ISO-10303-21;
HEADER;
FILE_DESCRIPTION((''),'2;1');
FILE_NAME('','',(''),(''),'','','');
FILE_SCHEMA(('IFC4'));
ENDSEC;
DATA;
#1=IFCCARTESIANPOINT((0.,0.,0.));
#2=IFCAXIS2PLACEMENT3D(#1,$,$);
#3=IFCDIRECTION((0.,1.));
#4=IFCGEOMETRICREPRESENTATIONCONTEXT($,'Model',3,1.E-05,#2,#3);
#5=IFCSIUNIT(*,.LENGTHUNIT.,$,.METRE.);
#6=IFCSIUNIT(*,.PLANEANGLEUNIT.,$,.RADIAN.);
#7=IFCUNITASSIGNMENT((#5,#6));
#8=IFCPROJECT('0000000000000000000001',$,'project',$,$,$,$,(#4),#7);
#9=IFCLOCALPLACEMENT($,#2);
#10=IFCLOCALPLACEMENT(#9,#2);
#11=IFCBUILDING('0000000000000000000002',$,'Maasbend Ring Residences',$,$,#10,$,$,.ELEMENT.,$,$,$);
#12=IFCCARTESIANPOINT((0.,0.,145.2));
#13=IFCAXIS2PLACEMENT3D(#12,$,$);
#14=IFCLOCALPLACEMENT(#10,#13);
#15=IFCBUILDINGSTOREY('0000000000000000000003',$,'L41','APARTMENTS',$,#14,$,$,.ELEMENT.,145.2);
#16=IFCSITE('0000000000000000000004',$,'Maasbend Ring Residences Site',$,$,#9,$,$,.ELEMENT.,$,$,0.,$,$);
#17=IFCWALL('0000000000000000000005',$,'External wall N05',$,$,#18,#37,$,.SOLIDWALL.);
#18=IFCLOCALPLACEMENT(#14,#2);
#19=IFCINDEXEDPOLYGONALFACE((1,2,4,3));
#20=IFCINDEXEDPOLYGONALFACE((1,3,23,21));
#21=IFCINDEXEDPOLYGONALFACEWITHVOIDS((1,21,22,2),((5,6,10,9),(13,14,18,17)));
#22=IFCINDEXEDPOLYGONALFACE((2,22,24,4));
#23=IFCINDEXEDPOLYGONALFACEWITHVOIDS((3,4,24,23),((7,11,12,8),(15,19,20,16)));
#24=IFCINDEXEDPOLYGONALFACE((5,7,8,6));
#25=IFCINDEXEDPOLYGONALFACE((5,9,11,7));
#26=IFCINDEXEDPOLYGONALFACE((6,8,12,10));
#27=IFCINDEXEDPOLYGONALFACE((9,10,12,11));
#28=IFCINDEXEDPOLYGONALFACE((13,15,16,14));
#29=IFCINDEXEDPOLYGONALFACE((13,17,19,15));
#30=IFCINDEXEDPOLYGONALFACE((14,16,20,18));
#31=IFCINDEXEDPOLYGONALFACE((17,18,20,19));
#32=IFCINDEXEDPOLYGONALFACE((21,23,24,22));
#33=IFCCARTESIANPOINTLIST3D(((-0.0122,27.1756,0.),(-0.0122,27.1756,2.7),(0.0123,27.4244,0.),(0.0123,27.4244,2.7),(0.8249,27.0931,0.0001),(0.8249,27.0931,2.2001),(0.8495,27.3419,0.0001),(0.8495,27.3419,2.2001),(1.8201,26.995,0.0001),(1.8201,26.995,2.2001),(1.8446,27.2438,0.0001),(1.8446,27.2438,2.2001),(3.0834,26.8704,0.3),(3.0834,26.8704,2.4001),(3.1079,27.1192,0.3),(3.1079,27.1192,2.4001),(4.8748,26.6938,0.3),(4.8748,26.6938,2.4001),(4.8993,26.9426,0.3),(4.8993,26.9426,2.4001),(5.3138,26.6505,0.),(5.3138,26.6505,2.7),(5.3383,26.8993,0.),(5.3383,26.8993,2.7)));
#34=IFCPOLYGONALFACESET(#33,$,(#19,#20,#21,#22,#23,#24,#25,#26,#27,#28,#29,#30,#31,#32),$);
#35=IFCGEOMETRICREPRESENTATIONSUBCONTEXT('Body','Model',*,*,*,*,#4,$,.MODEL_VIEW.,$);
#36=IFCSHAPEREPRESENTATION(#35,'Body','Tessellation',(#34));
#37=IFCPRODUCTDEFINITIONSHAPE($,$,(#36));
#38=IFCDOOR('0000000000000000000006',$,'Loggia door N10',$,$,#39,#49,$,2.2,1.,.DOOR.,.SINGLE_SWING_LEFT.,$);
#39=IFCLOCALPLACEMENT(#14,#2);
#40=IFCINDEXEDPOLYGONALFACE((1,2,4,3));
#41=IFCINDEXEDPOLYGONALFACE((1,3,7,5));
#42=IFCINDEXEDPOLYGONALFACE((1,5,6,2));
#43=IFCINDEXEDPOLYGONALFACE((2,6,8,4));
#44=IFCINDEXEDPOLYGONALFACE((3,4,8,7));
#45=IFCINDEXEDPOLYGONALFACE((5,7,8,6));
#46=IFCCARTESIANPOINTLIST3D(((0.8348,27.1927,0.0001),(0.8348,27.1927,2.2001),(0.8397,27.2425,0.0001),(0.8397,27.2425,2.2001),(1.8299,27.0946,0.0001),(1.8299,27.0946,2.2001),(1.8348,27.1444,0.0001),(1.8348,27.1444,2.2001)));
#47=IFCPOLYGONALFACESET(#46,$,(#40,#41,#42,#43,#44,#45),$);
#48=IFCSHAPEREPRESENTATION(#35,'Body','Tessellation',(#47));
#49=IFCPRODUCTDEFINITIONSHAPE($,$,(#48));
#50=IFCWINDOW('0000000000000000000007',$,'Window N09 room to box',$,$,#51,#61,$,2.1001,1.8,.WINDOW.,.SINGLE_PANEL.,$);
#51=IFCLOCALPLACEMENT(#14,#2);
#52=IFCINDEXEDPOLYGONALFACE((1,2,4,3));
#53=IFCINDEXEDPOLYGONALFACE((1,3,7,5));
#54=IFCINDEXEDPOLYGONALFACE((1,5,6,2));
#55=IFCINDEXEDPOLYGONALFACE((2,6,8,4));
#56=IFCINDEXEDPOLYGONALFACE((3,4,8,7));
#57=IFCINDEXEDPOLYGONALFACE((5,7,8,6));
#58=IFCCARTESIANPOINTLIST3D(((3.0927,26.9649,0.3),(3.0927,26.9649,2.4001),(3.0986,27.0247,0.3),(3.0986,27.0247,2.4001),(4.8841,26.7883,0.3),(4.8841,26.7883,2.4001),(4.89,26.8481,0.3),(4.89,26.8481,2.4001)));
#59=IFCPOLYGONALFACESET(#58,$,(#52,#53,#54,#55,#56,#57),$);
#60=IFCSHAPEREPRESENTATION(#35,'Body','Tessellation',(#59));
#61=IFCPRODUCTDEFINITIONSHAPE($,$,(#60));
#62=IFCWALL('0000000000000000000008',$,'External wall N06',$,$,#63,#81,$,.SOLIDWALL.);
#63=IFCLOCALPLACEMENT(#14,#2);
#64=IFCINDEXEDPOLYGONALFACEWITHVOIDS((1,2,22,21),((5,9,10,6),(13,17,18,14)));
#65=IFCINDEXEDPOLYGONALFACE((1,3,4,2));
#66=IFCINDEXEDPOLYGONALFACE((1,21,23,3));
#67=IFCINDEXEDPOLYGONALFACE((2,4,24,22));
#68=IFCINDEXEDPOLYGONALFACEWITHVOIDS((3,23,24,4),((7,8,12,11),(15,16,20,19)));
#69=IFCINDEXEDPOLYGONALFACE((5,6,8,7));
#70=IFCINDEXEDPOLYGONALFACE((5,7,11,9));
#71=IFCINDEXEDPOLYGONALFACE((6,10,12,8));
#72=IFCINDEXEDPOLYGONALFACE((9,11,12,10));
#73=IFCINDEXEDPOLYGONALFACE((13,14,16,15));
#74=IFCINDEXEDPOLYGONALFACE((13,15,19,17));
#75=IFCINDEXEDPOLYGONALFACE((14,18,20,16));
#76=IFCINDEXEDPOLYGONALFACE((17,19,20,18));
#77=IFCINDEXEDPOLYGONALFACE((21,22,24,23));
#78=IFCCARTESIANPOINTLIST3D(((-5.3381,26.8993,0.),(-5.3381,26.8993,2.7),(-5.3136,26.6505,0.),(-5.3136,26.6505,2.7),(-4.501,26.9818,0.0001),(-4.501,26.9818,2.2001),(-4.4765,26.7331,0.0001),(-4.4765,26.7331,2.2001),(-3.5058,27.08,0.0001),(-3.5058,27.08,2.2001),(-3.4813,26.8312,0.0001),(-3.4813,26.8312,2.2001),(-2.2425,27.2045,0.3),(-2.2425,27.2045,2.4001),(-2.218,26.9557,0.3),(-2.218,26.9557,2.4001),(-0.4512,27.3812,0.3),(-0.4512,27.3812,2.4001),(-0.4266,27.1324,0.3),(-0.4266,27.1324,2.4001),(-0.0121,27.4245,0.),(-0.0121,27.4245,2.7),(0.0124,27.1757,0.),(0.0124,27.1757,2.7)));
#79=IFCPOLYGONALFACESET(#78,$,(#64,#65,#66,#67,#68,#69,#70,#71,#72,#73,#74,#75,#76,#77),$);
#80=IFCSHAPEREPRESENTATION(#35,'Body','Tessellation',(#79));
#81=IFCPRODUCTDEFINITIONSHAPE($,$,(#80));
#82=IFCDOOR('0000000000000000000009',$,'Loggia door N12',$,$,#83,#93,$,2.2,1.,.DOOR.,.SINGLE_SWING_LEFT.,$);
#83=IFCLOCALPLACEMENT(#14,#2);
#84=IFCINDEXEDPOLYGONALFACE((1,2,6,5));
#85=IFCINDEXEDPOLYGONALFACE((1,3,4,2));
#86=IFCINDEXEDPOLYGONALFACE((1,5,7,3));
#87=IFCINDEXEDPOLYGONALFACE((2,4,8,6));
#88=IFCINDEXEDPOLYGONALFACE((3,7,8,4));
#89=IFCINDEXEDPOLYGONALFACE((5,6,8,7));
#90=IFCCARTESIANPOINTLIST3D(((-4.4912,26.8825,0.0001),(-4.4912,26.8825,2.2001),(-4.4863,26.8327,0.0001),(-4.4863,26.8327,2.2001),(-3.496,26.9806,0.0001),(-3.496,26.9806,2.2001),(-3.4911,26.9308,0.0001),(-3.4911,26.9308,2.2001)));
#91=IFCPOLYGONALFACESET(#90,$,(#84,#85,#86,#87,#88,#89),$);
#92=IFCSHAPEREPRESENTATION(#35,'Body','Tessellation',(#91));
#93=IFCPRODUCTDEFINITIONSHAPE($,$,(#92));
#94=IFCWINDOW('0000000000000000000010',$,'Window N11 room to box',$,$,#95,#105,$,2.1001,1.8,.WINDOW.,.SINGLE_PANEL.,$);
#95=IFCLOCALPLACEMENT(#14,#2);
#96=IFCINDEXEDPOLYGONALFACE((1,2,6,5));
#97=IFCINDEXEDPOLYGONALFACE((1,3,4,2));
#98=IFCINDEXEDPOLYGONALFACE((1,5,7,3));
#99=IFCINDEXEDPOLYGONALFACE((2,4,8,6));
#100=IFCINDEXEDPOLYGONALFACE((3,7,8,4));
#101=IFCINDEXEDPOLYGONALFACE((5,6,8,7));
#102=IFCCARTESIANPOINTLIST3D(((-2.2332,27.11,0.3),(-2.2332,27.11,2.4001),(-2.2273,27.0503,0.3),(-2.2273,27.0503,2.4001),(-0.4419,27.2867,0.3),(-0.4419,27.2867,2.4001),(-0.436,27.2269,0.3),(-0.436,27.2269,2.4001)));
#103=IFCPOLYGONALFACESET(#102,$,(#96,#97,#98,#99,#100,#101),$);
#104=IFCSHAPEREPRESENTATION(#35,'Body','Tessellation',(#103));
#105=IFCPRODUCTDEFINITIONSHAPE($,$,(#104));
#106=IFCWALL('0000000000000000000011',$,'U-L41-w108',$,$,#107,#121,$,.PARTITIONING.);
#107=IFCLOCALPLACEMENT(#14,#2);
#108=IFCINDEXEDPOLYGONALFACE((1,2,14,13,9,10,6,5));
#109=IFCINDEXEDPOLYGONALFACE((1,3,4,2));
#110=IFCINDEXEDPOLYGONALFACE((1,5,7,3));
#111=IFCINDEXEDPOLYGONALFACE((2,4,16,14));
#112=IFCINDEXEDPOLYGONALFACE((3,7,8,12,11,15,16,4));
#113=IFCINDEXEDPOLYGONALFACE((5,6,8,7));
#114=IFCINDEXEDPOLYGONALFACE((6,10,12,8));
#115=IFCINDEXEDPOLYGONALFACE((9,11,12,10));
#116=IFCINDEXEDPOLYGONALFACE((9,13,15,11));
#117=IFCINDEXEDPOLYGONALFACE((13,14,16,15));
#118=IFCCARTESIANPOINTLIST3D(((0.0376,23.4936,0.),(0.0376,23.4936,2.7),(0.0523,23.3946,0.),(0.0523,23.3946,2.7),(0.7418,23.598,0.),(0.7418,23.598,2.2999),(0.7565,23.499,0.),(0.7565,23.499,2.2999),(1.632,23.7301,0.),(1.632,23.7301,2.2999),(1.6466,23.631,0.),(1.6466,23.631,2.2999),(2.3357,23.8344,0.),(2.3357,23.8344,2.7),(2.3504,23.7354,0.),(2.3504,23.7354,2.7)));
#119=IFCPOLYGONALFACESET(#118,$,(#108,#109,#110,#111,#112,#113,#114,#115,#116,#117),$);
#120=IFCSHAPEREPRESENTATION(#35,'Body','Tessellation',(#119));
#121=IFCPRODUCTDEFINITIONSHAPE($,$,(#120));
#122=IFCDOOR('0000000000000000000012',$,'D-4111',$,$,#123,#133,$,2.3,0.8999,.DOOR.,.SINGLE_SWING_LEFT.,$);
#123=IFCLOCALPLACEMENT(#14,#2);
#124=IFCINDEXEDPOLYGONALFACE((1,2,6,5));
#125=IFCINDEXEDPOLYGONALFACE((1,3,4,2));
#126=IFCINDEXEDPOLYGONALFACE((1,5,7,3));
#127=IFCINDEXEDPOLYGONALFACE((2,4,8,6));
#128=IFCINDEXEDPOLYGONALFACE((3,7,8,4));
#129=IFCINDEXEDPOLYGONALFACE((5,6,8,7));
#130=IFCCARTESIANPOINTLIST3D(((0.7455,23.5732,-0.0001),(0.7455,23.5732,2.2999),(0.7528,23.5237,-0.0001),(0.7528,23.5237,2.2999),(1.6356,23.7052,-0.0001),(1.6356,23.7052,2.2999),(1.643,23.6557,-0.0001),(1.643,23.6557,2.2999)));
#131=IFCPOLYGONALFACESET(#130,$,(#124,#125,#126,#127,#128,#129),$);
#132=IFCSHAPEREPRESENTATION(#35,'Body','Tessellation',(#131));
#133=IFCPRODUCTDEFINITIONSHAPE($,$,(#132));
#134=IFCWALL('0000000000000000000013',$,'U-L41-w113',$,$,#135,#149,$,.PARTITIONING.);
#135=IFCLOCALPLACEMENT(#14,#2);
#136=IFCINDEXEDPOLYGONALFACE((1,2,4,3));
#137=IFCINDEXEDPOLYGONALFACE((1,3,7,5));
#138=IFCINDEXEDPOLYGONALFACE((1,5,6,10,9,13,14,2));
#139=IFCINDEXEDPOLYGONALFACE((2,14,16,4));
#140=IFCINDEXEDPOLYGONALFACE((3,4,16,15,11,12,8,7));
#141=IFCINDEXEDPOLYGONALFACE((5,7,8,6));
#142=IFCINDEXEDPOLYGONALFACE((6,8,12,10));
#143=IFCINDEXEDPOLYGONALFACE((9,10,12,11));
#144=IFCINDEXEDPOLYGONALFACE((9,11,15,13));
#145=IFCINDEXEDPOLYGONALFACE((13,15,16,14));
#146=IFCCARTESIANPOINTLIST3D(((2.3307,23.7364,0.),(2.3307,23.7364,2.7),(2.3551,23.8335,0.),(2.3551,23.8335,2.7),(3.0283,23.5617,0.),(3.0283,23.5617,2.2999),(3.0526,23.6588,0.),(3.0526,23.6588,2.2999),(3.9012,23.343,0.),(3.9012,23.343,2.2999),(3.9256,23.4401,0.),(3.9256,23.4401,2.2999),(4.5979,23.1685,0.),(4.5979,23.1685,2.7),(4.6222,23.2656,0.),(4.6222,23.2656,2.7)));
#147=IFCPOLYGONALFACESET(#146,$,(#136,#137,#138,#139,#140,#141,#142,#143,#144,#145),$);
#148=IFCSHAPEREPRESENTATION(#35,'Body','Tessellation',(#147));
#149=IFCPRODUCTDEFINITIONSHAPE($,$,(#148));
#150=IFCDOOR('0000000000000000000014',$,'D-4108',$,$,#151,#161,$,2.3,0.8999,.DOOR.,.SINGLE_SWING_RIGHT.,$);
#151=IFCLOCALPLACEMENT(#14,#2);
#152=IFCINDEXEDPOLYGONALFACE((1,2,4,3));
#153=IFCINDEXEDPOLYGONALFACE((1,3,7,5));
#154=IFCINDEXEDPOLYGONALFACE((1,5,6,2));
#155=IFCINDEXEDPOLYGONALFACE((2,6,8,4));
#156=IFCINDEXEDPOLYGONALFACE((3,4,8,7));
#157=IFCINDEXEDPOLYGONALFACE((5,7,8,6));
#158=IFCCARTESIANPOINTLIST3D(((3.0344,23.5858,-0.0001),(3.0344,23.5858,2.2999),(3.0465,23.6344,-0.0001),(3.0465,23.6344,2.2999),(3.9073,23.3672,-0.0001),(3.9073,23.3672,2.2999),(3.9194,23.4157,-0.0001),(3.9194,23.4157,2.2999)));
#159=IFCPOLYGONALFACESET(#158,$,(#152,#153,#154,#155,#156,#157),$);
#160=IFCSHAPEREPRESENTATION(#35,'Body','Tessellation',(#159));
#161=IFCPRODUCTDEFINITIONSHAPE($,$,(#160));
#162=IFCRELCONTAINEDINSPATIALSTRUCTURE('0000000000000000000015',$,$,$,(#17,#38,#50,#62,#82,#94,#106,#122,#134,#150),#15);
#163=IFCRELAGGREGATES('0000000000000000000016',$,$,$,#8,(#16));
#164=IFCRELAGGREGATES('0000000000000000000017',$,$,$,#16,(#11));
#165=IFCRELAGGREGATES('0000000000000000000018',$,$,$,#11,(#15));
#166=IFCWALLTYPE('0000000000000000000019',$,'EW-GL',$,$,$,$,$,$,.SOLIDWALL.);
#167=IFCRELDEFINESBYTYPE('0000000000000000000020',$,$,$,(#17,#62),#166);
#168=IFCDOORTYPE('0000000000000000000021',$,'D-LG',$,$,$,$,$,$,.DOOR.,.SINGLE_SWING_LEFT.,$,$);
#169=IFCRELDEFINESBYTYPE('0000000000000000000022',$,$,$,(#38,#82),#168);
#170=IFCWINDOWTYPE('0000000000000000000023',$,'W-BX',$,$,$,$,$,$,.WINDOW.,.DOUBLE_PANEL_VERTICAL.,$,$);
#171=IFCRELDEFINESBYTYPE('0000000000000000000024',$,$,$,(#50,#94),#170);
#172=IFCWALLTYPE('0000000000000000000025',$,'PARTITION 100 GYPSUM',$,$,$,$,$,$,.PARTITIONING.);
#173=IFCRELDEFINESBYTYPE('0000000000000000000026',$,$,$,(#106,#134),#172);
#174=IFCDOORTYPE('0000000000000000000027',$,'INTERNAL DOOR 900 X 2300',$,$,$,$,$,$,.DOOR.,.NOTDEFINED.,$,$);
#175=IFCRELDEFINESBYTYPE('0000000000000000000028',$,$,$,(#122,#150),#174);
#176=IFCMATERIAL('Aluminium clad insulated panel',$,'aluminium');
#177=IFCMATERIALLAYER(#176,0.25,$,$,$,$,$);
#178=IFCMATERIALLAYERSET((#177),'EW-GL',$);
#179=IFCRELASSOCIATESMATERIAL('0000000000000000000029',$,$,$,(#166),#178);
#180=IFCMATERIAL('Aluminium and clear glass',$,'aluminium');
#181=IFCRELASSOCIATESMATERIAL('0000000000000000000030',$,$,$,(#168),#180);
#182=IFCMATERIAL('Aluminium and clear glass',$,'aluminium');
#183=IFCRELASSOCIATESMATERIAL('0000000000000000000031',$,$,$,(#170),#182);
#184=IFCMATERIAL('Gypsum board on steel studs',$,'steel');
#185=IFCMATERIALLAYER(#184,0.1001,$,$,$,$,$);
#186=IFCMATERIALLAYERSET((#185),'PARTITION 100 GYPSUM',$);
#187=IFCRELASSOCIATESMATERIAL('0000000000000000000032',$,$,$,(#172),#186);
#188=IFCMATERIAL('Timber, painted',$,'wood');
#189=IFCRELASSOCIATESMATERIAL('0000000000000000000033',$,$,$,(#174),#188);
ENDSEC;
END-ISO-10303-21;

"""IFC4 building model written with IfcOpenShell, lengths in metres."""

from ifc_helpers import new_model, si_unit, direction, frame, frame_2d, origin, place, context, subcontext, project, spatial, rectangle, extrude, material, layer, layer_set, type_object, element, fill, save


model = new_model("IFC4")

# Units and contexts
model_context = context("Model", 3, precision=1e-05, world=origin(), true_north=direction((0.0, 1.0)))
body_context = subcontext(model_context, "Body", "Model", "MODEL_VIEW")
ifc_project = project(units=[si_unit("LENGTHUNIT", "METRE"), si_unit("PLANEANGLEUNIT", "RADIAN")], contexts=[model_context])

# Site, building, storey
site_placement = place(None, origin())
site = spatial("IfcSite", under=ifc_project, at=site_placement, Name="Maasbend Ring Residences Site", CompositionType="ELEMENT", RefElevation=0.0)
building_placement = place(site_placement, origin())
building = spatial("IfcBuilding", under=site, at=building_placement, Name="Maasbend Ring Residences", CompositionType="ELEMENT")
storey_placement = place(building_placement, frame((0.0, 0.0, 145.2)))
storey = spatial("IfcBuildingStorey", under=building, at=storey_placement, Name="L41", Description="APARTMENTS", CompositionType="ELEMENT", Elevation=145.2)

# Walls, openings, doors, windows
ifc_material_1 = material(Name="Aluminium clad insulated panel", Category="aluminium")
ifc_layer_1 = layer(ifc_material_1, 0.25)
ifc_layer_set_1 = layer_set([ifc_layer_1], Name="EW-GL")
wall_type_1 = type_object("IfcWallType", Name="EW-GL", PredefinedType="SOLIDWALL", material=ifc_layer_set_1)
ifc_material_2 = material(Name="Aluminium and clear glass", Category="aluminium")
door_type_1 = type_object("IfcDoorType", Name="D-LG", OperationType="SINGLE_SWING_LEFT", PredefinedType="DOOR", material=ifc_material_2)
ifc_material_3 = material(Name="Aluminium and clear glass", Category="aluminium")
window_type_1 = type_object("IfcWindowType", Name="W-BX", PartitioningType="DOUBLE_PANEL_VERTICAL", PredefinedType="WINDOW", material=ifc_material_3)
wall_1_placement = place(storey_placement, frame((5.3259, 26.7749, 0.0), z_axis=(0.0, 0.0, 1.0), x_axis=(-0.995174, 0.098126, 0.0)))
wall_1 = element("IfcWall", 1, at=wall_1_placement, inside=storey, type_object=wall_type_1, Name="External wall N05", PredefinedType="SOLIDWALL", context=body_context, shape_type="SweptSolid", body=[
    extrude(rectangle(XDim=5.3518, YDim=0.25, at=frame_2d((2.6758, 0.0))), origin(), (0.0, 0.0, 1.0), 2.7),
])
opening_1_placement = place(wall_1_placement, frame((0.4412, 0.0, 0.3)))
opening_1 = element("IfcOpeningElement", 2, at=opening_1_placement, cuts=wall_1, PredefinedType="OPENING", context=body_context, shape_type="SweptSolid", body=[
    extrude(rectangle(XDim=1.8, YDim=2.1001, at=frame_2d((0.8999, 1.05))), frame((0.0, 0.135, 0.0), z_axis=(0.0, -1.0, 0.0), x_axis=(1.0, 0.0, 0.0)), (0.0, 0.0, 1.0), 0.27),
])
opening_2_placement = place(wall_1_placement, frame((3.5105, 0.0, 0.0)))
opening_2 = element("IfcOpeningElement", 3, at=opening_2_placement, cuts=wall_1, PredefinedType="OPENING", context=body_context, shape_type="SweptSolid", body=[
    extrude(rectangle(XDim=1.0, YDim=2.2, at=frame_2d((0.5, 1.1001))), frame((0.0, 0.135, 0.0), z_axis=(0.0, -1.0, 0.0), x_axis=(1.0, 0.0, 0.0)), (0.0, 0.0, 1.0), 0.27),
])
door_1_placement = place(opening_2_placement, origin())
door_1 = element("IfcDoor", 4, at=door_1_placement, inside=storey, type_object=door_type_1, Name="Loggia door N10", OperationType="SINGLE_SWING_LEFT", OverallHeight=2.2, OverallWidth=1.0, PredefinedType="DOOR", context=body_context, shape_type="SweptSolid", body=[
    extrude(rectangle(XDim=1.0, YDim=2.2, at=frame_2d((0.5, 1.1001))), frame((0.0, 0.0249, 0.0), z_axis=(0.0, -1.0, 0.0), x_axis=(1.0, 0.0, 0.0)), (0.0, 0.0, 1.0), 0.05),
])
fill(opening_2, door_1)
window_1_placement = place(opening_1_placement, origin())
window_1 = element("IfcWindow", 5, at=window_1_placement, inside=storey, type_object=window_type_1, Name="Window N09 room to box", OverallHeight=2.1001, OverallWidth=1.8, PartitioningType="SINGLE_PANEL", PredefinedType="WINDOW", context=body_context, shape_type="SweptSolid", body=[
    extrude(rectangle(XDim=1.8, YDim=2.1001, at=frame_2d((0.8999, 1.05))), frame((0.0, 0.03, 0.0), z_axis=(0.0, -1.0, 0.0), x_axis=(1.0, 0.0, 0.0)), (0.0, 0.0, 1.0), 0.0601),
])
fill(opening_1, window_1)
wall_2_placement = place(storey_placement, frame((0.0, 27.3, 0.0), z_axis=(0.0, 0.0, 1.0), x_axis=(-0.995174, -0.098126, 0.0)))
wall_2 = element("IfcWall", 6, at=wall_2_placement, inside=storey, type_object=wall_type_1, Name="External wall N06", PredefinedType="SOLIDWALL", context=body_context, shape_type="SweptSolid", body=[
    extrude(rectangle(XDim=5.3518, YDim=0.25, at=frame_2d((2.6758, 0.0))), origin(), (0.0, 0.0, 1.0), 2.7),
])
opening_3_placement = place(wall_2_placement, frame((0.4412, 0.0, 0.3)))
opening_3 = element("IfcOpeningElement", 7, at=opening_3_placement, cuts=wall_2, PredefinedType="OPENING", context=body_context, shape_type="SweptSolid", body=[
    extrude(rectangle(XDim=1.8, YDim=2.1001, at=frame_2d((0.8999, 1.05))), frame((0.0, 0.135, 0.0), z_axis=(0.0, -1.0, 0.0), x_axis=(1.0, 0.0, 0.0)), (0.0, 0.0, 1.0), 0.27),
])
opening_4_placement = place(wall_2_placement, frame((3.5105, 0.0, 0.0)))
opening_4 = element("IfcOpeningElement", 8, at=opening_4_placement, cuts=wall_2, PredefinedType="OPENING", context=body_context, shape_type="SweptSolid", body=[
    extrude(rectangle(XDim=1.0, YDim=2.2, at=frame_2d((0.5, 1.1001))), frame((0.0, 0.135, 0.0), z_axis=(0.0, -1.0, 0.0), x_axis=(1.0, 0.0, 0.0)), (0.0, 0.0, 1.0), 0.27),
])
door_2_placement = place(opening_4_placement, origin())
door_2 = element("IfcDoor", 9, at=door_2_placement, inside=storey, type_object=door_type_1, Name="Loggia door N12", OperationType="SINGLE_SWING_LEFT", OverallHeight=2.2, OverallWidth=1.0, PredefinedType="DOOR", context=body_context, shape_type="SweptSolid", body=[
    extrude(rectangle(XDim=1.0, YDim=2.2, at=frame_2d((0.5, 1.1001))), frame((0.0, 0.0249, 0.0), z_axis=(0.0, -1.0, 0.0), x_axis=(1.0, 0.0, 0.0)), (0.0, 0.0, 1.0), 0.05),
])
fill(opening_4, door_2)
window_2_placement = place(opening_3_placement, origin())
window_2 = element("IfcWindow", 10, at=window_2_placement, inside=storey, type_object=window_type_1, Name="Window N11 room to box", OverallHeight=2.1001, OverallWidth=1.8, PartitioningType="SINGLE_PANEL", PredefinedType="WINDOW", context=body_context, shape_type="SweptSolid", body=[
    extrude(rectangle(XDim=1.8, YDim=2.1001, at=frame_2d((0.8999, 1.05))), frame((0.0, 0.03, 0.0), z_axis=(0.0, -1.0, 0.0), x_axis=(1.0, 0.0, 0.0)), (0.0, 0.0, 1.0), 0.0601),
])
fill(opening_3, window_2)

# Walls, openings, doors
ifc_material_4 = material(Name="Gypsum board on steel studs", Category="steel")
ifc_layer_2 = layer(ifc_material_4, 0.1001)
ifc_layer_set_2 = layer_set([ifc_layer_2], Name="PARTITION 100 GYPSUM")
wall_type_2 = type_object("IfcWallType", Name="PARTITION 100 GYPSUM", PredefinedType="PARTITIONING", material=ifc_layer_set_2)
wall_3_placement = place(storey_placement, frame((0.0449, 23.4441, 0.0), z_axis=(0.0, 0.0, 1.0), x_axis=(0.989181, 0.146701, 0.0)))
wall_3 = element("IfcWall", 11, at=wall_3_placement, inside=storey, type_object=wall_type_2, Name="U-L41-w108", PredefinedType="PARTITIONING", context=body_context, shape_type="SweptSolid", body=[
    extrude(rectangle(XDim=2.3232, YDim=0.1001, at=frame_2d((1.1616, 0.0))), origin(), (0.0, 0.0, 1.0), 2.7),
])
opening_5_placement = place(wall_3_placement, frame((0.7119, 0.0, 0.0)))
opening_5 = element("IfcOpeningElement", 12, at=opening_5_placement, cuts=wall_3, PredefinedType="OPENING", context=body_context, shape_type="SweptSolid", body=[
    extrude(rectangle(XDim=0.8999, YDim=2.3, at=frame_2d((0.45, 1.1499))), frame((0.0, 0.0601, 0.0), z_axis=(0.0, -1.0, 0.0), x_axis=(1.0, 0.0, 0.0)), (0.0, 0.0, 1.0), 0.1201),
])
ifc_material_5 = material(Name="Timber, painted", Category="wood")
door_type_2 = type_object("IfcDoorType", Name="INTERNAL DOOR 900 X 2300", OperationType="NOTDEFINED", PredefinedType="DOOR", material=ifc_material_5)
door_3_placement = place(opening_5_placement, origin())
door_3 = element("IfcDoor", 13, at=door_3_placement, inside=storey, type_object=door_type_2, Name="D-4111", OperationType="SINGLE_SWING_LEFT", OverallHeight=2.3, OverallWidth=0.8999, PredefinedType="DOOR", context=body_context, shape_type="SweptSolid", body=[
    extrude(rectangle(XDim=0.8999, YDim=2.3, at=frame_2d((0.45, 1.1499))), frame((0.0, 0.0249, 0.0), z_axis=(0.0, -1.0, 0.0), x_axis=(1.0, 0.0, 0.0)), (0.0, 0.0, 1.0), 0.05),
])
fill(opening_5, door_3)
wall_4_placement = place(storey_placement, frame((2.343, 23.7849, 0.0), z_axis=(0.0, 0.0, 1.0), x_axis=(0.970032, -0.242978, 0.0)))
wall_4 = element("IfcWall", 14, at=wall_4_placement, inside=storey, type_object=wall_type_2, Name="U-L41-w113", PredefinedType="PARTITIONING", context=body_context, shape_type="SweptSolid", body=[
    extrude(rectangle(XDim=2.3372, YDim=0.1001, at=frame_2d((1.1685, 0.0))), origin(), (0.0, 0.0, 1.0), 2.7),
])
opening_6_placement = place(wall_4_placement, frame((0.719, 0.0, 0.0)))
opening_6 = element("IfcOpeningElement", 15, at=opening_6_placement, cuts=wall_4, PredefinedType="OPENING", context=body_context, shape_type="SweptSolid", body=[
    extrude(rectangle(XDim=0.8999, YDim=2.3, at=frame_2d((0.45, 1.1499))), frame((0.0, 0.0601, 0.0), z_axis=(0.0, -1.0, 0.0), x_axis=(1.0, 0.0, 0.0)), (0.0, 0.0, 1.0), 0.1201),
])
door_4_placement = place(opening_6_placement, origin())
door_4 = element("IfcDoor", 16, at=door_4_placement, inside=storey, type_object=door_type_2, Name="D-4108", OperationType="SINGLE_SWING_RIGHT", OverallHeight=2.3, OverallWidth=0.8999, PredefinedType="DOOR", context=body_context, shape_type="SweptSolid", body=[
    extrude(rectangle(XDim=0.8999, YDim=2.3, at=frame_2d((0.45, 1.1499))), frame((0.0, 0.0249, 0.0), z_axis=(0.0, -1.0, 0.0), x_axis=(1.0, 0.0, 0.0)), (0.0, 0.0, 1.0), 0.05),
])
fill(opening_6, door_4)

save(model, "model.ifc")
